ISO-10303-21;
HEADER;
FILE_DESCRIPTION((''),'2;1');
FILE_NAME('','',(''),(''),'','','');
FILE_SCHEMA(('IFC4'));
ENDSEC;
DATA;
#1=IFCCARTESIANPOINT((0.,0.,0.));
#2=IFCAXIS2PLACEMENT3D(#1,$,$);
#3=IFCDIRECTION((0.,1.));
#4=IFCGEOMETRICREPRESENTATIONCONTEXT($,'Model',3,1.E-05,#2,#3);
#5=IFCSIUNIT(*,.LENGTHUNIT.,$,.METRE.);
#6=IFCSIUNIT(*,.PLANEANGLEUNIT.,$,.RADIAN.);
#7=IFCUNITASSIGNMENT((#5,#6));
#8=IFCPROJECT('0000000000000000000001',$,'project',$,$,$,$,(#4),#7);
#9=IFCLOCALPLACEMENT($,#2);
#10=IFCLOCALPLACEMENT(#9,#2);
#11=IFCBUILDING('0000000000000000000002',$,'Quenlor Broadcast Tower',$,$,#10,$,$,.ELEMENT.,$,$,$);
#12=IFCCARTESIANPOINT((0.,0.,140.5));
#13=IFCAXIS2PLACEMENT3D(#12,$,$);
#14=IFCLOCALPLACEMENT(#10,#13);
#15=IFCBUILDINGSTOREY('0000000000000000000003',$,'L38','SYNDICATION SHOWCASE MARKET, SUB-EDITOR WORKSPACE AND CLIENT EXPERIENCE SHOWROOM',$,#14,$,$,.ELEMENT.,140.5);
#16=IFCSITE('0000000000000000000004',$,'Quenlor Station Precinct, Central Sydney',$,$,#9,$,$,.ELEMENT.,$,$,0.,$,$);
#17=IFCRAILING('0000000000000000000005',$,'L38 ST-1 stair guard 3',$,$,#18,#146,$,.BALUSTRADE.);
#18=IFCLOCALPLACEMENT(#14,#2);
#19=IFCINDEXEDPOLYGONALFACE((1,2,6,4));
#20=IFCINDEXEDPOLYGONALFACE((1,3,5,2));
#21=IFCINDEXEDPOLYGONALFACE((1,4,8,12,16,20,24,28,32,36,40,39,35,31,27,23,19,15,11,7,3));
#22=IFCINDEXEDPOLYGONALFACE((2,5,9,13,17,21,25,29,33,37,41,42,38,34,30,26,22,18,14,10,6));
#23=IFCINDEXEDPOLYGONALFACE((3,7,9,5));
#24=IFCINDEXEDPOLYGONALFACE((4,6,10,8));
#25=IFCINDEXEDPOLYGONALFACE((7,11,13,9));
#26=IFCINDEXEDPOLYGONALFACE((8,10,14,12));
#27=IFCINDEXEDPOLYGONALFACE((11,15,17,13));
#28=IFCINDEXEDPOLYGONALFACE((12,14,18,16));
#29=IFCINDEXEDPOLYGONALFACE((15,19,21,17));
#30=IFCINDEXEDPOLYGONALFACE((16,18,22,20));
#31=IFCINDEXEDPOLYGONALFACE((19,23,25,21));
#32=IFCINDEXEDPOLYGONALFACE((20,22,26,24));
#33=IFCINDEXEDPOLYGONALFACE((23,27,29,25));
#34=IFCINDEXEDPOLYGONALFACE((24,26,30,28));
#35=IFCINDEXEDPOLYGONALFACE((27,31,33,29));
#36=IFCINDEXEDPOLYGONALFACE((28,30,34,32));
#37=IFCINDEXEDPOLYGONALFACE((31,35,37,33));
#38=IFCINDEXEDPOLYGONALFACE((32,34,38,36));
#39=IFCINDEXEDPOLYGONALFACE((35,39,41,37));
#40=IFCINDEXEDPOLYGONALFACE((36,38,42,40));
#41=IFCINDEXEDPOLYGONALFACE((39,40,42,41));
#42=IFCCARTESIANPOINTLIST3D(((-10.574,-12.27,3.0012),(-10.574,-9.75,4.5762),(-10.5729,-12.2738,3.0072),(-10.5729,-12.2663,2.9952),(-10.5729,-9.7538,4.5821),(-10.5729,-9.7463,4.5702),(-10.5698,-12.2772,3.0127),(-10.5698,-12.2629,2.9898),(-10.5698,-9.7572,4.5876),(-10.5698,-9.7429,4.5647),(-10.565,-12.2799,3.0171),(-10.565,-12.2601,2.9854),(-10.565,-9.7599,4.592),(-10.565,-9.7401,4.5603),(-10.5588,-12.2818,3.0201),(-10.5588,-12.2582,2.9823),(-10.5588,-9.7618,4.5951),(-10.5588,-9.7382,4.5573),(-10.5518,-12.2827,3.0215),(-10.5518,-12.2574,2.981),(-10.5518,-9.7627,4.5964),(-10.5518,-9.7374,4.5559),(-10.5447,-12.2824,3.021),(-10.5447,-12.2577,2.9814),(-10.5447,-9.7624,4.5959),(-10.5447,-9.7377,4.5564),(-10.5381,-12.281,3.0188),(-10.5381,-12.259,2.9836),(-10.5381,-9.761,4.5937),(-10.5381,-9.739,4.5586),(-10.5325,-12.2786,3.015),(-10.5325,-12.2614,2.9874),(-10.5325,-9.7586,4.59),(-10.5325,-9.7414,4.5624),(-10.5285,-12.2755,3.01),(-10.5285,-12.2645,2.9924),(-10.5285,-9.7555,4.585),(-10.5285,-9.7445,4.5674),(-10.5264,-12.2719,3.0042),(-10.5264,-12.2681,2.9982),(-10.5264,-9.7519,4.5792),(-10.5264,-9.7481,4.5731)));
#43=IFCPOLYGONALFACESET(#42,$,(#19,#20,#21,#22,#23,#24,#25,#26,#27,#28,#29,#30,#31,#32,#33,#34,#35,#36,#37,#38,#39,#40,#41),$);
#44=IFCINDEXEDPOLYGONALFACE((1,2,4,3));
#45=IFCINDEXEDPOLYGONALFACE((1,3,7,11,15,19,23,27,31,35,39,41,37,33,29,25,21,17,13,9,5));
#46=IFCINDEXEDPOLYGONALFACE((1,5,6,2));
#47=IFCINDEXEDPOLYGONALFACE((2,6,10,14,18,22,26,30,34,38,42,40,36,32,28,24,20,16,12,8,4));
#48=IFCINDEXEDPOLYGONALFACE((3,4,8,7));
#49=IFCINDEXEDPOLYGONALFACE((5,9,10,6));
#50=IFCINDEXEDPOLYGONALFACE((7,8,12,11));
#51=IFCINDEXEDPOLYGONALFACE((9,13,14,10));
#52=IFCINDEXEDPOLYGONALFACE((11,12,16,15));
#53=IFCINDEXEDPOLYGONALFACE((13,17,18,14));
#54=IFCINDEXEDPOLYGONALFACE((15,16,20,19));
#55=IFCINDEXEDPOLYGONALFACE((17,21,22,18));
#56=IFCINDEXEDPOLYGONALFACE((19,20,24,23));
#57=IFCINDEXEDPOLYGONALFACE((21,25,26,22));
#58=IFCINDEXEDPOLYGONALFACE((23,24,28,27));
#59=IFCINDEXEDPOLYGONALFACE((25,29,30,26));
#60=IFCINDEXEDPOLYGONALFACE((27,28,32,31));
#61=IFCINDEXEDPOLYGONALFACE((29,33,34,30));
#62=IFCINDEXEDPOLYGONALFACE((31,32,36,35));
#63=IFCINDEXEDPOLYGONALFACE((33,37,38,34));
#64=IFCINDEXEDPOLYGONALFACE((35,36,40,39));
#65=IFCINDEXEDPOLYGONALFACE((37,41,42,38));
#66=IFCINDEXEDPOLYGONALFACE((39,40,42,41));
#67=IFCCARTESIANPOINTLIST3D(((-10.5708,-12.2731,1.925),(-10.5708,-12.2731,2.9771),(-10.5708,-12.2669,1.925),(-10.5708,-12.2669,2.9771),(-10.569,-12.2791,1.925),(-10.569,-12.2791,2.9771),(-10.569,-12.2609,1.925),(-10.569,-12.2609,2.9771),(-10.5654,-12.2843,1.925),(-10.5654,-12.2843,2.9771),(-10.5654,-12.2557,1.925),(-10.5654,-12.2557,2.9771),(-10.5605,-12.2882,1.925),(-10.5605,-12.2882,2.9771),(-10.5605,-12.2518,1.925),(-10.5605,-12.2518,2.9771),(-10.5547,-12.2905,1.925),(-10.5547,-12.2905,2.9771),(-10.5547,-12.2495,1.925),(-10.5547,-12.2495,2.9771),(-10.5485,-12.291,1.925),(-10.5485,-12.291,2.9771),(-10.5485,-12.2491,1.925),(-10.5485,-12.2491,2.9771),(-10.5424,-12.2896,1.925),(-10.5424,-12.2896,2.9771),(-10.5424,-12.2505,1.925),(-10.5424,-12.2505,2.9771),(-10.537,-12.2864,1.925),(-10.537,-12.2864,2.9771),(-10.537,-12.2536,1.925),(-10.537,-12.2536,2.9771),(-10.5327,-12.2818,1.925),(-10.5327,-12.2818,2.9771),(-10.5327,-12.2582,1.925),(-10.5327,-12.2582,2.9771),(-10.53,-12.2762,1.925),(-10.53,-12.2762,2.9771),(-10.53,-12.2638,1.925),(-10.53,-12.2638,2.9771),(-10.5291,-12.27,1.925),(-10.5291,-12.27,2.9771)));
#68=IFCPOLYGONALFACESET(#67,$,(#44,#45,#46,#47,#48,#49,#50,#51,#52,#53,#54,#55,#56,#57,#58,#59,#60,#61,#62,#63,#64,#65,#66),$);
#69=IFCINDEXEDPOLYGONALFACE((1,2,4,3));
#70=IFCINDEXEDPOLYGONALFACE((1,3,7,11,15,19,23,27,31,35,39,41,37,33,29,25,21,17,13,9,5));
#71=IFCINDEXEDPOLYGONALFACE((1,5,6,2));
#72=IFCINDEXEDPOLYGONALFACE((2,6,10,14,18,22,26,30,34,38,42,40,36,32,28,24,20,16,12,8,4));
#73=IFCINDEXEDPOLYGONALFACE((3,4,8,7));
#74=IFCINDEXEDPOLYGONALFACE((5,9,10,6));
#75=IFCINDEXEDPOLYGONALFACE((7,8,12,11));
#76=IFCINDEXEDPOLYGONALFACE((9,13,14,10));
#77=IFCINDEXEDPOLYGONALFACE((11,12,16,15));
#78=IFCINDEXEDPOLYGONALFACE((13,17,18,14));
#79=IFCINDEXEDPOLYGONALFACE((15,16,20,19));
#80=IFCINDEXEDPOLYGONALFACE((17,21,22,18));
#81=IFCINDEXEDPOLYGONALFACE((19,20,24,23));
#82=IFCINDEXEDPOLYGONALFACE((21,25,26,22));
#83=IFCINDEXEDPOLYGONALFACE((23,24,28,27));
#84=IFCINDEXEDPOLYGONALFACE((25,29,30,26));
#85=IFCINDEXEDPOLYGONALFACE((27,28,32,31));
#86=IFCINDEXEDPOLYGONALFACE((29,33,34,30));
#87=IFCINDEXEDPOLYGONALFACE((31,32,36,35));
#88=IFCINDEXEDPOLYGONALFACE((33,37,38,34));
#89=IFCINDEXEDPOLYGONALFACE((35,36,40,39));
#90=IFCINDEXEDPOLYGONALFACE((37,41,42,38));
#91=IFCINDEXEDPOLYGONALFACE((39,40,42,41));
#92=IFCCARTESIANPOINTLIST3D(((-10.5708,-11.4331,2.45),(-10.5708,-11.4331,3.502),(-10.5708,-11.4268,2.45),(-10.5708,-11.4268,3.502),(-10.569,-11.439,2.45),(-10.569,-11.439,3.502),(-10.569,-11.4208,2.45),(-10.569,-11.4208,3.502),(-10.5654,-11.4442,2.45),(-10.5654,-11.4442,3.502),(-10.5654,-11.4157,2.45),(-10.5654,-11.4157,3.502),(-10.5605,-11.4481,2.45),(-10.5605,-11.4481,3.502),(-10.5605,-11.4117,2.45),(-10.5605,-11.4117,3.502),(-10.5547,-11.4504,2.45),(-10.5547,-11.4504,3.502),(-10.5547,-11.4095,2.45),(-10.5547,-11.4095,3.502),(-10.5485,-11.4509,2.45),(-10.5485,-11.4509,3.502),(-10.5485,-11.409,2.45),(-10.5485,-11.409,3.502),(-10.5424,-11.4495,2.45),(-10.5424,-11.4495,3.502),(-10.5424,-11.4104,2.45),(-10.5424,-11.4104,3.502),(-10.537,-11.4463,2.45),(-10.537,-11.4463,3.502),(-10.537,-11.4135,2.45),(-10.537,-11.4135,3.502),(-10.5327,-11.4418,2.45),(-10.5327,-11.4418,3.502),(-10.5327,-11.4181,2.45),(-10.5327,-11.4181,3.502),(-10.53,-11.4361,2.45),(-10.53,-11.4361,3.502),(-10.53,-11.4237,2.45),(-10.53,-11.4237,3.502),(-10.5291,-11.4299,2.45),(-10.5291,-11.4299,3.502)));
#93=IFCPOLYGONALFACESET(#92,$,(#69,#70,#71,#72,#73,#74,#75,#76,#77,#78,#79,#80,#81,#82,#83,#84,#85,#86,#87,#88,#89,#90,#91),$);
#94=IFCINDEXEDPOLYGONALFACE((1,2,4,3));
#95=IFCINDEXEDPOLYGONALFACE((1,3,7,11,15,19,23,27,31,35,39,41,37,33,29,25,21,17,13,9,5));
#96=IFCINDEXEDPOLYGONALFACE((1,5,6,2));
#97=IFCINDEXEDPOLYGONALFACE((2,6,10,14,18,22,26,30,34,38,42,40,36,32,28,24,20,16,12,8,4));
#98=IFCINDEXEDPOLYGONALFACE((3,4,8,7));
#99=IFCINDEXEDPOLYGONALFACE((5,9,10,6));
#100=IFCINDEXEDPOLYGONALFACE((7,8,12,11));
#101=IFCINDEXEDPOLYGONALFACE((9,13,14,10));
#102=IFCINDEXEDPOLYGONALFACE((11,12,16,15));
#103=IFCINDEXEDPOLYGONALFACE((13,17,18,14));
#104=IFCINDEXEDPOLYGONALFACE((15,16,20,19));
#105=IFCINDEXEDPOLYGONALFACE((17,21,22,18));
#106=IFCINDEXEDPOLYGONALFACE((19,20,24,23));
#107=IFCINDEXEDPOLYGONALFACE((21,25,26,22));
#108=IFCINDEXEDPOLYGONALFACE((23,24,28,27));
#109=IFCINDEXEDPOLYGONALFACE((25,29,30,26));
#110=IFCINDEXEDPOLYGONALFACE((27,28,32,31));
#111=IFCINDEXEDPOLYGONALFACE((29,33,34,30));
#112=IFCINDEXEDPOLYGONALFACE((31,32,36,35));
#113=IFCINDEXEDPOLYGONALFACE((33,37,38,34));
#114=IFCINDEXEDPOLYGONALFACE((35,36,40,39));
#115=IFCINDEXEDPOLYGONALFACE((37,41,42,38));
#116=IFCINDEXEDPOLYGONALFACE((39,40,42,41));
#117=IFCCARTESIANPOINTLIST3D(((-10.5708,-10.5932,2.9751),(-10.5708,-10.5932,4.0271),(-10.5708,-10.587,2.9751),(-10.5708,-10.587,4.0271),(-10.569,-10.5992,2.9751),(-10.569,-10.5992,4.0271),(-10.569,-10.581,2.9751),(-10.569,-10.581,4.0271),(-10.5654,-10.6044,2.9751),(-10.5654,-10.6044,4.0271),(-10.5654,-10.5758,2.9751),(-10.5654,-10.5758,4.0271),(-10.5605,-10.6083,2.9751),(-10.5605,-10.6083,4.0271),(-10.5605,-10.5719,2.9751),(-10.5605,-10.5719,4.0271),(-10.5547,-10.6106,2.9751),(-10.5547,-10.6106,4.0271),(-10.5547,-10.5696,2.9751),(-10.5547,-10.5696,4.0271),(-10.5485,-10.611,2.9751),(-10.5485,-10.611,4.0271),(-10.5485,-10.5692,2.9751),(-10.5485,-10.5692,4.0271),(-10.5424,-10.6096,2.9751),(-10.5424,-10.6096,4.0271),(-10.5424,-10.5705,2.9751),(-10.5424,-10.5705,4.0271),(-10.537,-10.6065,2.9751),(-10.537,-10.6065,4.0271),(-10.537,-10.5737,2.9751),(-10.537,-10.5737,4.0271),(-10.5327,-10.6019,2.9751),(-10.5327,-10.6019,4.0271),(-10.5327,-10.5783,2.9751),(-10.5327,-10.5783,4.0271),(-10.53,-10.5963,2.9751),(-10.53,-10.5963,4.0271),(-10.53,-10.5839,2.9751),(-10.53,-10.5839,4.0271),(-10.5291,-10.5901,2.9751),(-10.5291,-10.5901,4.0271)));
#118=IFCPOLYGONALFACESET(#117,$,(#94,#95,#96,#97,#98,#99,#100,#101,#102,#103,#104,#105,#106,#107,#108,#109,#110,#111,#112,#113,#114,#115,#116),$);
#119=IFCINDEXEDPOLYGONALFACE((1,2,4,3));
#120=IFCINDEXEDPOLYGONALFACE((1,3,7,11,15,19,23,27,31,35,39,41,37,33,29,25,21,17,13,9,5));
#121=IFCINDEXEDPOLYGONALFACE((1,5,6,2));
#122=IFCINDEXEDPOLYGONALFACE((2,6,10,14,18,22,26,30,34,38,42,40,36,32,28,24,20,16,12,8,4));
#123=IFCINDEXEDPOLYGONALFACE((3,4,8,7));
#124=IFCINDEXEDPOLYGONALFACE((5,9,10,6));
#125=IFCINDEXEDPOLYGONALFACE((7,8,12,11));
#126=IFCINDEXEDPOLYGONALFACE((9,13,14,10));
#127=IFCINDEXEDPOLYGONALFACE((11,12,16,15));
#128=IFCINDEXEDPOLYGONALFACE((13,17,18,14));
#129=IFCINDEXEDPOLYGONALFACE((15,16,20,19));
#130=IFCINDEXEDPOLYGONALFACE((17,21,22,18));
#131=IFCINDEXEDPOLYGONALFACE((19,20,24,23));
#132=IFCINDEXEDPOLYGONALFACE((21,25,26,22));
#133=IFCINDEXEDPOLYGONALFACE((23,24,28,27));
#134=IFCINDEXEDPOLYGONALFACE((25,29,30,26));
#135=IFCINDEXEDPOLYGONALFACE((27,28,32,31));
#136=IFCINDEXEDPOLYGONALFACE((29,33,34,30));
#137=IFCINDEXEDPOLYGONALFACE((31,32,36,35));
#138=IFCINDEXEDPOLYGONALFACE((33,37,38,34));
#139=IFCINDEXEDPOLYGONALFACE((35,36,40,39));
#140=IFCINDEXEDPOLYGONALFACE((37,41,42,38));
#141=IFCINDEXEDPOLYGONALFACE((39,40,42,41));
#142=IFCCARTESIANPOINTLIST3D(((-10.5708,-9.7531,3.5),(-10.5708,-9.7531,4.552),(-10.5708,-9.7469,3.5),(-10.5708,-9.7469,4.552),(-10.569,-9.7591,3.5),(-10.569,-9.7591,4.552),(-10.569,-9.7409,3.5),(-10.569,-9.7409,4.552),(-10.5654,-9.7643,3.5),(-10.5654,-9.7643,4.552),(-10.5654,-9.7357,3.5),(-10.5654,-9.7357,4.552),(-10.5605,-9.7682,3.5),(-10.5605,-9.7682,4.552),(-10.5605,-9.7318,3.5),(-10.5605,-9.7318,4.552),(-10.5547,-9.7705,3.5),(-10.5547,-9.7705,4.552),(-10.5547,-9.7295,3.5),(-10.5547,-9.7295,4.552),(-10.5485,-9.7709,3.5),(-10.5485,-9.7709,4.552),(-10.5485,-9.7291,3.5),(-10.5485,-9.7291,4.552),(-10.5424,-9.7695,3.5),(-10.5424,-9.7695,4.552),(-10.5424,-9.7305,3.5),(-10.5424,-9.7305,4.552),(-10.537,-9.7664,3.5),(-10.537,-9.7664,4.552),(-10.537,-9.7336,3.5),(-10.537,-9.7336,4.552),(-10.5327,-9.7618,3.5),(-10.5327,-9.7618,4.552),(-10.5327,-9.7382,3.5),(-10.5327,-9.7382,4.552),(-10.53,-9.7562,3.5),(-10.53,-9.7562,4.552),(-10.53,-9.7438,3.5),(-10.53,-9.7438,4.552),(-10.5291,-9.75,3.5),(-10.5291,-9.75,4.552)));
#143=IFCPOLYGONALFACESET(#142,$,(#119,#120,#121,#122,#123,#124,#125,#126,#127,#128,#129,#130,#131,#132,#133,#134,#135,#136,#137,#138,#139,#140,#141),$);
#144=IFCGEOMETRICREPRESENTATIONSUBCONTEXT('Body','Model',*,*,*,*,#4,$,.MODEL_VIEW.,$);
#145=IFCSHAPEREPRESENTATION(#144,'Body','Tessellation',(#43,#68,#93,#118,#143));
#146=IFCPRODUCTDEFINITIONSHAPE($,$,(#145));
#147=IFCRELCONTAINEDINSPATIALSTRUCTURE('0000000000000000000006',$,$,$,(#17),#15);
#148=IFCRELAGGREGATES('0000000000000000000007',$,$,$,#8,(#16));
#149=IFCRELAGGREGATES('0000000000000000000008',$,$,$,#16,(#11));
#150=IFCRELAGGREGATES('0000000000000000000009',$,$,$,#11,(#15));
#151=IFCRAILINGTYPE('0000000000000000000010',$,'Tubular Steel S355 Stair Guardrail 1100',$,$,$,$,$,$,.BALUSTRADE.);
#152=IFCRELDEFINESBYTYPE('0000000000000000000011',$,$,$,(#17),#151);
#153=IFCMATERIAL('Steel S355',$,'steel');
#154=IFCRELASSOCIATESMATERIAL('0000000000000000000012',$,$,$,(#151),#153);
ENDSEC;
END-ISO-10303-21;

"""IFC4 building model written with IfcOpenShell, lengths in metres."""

from ifc_helpers import new_model, si_unit, direction, frame, origin, origin_2d, place, context, subcontext, project, spatial, circle, extrude, material, type_object, element, save


model = new_model("IFC4")

# Units and contexts
model_context = context("Model", 3, precision=1e-05, world=origin(), true_north=direction((0.0, 1.0)))
body_context = subcontext(model_context, "Body", "Model", "MODEL_VIEW")
ifc_project = project(units=[si_unit("LENGTHUNIT", "METRE"), si_unit("PLANEANGLEUNIT", "RADIAN")], contexts=[model_context])

# Site, building, storey
site_placement = place(None, origin())
site = spatial("IfcSite", under=ifc_project, at=site_placement, Name="Quenlor Station Precinct, Central Sydney", CompositionType="ELEMENT", RefElevation=0.0)
building_placement = place(site_placement, origin())
building = spatial("IfcBuilding", under=site, at=building_placement, Name="Quenlor Broadcast Tower", CompositionType="ELEMENT")
storey_placement = place(building_placement, frame((0.0, 0.0, 140.5)))
storey = spatial("IfcBuildingStorey", under=building, at=storey_placement, Name="L38", Description="SYNDICATION SHOWCASE MARKET, SUB-EDITOR WORKSPACE AND CLIENT EXPERIENCE SHOWROOM", CompositionType="ELEMENT", Elevation=140.5)

# Railing
ifc_material_1 = material(Name="Steel S355", Category="steel")
railing_type_1 = type_object("IfcRailingType", Name="Tubular Steel S355 Stair Guardrail 1100", PredefinedType="BALUSTRADE", material=ifc_material_1)
railing_1_placement = place(storey_placement, frame((-10.55, -12.27, 1.925)))
element("IfcRailing", 1, at=railing_1_placement, inside=storey, type_object=railing_type_1, Name="L38 ST-1 stair guard 3", PredefinedType="BALUSTRADE", context=body_context, shape_type="SweptSolid", body=[
    extrude(circle(Radius=0.0239, at=origin_2d()), frame((0.0, 0.0, 1.0762), z_axis=(0.0, 0.848008, 0.529984), x_axis=(-1.0, 0.0, 0.0)), (0.0, 0.0, 1.0), 2.9717),
    extrude(circle(Radius=0.021, at=origin_2d()), origin(), (0.0, 0.0, 1.0), 1.052),
    extrude(circle(Radius=0.021, at=origin_2d()), frame((0.0, 0.8401, 0.5249)), (0.0, 0.0, 1.0), 1.052),
    extrude(circle(Radius=0.021, at=origin_2d()), frame((0.0, 1.6799, 1.05)), (0.0, 0.0, 1.0), 1.052),
    extrude(circle(Radius=0.021, at=origin_2d()), frame((0.0, 2.52, 1.575)), (0.0, 0.0, 1.0), 1.052),
])

save(model, "model.ifc")
